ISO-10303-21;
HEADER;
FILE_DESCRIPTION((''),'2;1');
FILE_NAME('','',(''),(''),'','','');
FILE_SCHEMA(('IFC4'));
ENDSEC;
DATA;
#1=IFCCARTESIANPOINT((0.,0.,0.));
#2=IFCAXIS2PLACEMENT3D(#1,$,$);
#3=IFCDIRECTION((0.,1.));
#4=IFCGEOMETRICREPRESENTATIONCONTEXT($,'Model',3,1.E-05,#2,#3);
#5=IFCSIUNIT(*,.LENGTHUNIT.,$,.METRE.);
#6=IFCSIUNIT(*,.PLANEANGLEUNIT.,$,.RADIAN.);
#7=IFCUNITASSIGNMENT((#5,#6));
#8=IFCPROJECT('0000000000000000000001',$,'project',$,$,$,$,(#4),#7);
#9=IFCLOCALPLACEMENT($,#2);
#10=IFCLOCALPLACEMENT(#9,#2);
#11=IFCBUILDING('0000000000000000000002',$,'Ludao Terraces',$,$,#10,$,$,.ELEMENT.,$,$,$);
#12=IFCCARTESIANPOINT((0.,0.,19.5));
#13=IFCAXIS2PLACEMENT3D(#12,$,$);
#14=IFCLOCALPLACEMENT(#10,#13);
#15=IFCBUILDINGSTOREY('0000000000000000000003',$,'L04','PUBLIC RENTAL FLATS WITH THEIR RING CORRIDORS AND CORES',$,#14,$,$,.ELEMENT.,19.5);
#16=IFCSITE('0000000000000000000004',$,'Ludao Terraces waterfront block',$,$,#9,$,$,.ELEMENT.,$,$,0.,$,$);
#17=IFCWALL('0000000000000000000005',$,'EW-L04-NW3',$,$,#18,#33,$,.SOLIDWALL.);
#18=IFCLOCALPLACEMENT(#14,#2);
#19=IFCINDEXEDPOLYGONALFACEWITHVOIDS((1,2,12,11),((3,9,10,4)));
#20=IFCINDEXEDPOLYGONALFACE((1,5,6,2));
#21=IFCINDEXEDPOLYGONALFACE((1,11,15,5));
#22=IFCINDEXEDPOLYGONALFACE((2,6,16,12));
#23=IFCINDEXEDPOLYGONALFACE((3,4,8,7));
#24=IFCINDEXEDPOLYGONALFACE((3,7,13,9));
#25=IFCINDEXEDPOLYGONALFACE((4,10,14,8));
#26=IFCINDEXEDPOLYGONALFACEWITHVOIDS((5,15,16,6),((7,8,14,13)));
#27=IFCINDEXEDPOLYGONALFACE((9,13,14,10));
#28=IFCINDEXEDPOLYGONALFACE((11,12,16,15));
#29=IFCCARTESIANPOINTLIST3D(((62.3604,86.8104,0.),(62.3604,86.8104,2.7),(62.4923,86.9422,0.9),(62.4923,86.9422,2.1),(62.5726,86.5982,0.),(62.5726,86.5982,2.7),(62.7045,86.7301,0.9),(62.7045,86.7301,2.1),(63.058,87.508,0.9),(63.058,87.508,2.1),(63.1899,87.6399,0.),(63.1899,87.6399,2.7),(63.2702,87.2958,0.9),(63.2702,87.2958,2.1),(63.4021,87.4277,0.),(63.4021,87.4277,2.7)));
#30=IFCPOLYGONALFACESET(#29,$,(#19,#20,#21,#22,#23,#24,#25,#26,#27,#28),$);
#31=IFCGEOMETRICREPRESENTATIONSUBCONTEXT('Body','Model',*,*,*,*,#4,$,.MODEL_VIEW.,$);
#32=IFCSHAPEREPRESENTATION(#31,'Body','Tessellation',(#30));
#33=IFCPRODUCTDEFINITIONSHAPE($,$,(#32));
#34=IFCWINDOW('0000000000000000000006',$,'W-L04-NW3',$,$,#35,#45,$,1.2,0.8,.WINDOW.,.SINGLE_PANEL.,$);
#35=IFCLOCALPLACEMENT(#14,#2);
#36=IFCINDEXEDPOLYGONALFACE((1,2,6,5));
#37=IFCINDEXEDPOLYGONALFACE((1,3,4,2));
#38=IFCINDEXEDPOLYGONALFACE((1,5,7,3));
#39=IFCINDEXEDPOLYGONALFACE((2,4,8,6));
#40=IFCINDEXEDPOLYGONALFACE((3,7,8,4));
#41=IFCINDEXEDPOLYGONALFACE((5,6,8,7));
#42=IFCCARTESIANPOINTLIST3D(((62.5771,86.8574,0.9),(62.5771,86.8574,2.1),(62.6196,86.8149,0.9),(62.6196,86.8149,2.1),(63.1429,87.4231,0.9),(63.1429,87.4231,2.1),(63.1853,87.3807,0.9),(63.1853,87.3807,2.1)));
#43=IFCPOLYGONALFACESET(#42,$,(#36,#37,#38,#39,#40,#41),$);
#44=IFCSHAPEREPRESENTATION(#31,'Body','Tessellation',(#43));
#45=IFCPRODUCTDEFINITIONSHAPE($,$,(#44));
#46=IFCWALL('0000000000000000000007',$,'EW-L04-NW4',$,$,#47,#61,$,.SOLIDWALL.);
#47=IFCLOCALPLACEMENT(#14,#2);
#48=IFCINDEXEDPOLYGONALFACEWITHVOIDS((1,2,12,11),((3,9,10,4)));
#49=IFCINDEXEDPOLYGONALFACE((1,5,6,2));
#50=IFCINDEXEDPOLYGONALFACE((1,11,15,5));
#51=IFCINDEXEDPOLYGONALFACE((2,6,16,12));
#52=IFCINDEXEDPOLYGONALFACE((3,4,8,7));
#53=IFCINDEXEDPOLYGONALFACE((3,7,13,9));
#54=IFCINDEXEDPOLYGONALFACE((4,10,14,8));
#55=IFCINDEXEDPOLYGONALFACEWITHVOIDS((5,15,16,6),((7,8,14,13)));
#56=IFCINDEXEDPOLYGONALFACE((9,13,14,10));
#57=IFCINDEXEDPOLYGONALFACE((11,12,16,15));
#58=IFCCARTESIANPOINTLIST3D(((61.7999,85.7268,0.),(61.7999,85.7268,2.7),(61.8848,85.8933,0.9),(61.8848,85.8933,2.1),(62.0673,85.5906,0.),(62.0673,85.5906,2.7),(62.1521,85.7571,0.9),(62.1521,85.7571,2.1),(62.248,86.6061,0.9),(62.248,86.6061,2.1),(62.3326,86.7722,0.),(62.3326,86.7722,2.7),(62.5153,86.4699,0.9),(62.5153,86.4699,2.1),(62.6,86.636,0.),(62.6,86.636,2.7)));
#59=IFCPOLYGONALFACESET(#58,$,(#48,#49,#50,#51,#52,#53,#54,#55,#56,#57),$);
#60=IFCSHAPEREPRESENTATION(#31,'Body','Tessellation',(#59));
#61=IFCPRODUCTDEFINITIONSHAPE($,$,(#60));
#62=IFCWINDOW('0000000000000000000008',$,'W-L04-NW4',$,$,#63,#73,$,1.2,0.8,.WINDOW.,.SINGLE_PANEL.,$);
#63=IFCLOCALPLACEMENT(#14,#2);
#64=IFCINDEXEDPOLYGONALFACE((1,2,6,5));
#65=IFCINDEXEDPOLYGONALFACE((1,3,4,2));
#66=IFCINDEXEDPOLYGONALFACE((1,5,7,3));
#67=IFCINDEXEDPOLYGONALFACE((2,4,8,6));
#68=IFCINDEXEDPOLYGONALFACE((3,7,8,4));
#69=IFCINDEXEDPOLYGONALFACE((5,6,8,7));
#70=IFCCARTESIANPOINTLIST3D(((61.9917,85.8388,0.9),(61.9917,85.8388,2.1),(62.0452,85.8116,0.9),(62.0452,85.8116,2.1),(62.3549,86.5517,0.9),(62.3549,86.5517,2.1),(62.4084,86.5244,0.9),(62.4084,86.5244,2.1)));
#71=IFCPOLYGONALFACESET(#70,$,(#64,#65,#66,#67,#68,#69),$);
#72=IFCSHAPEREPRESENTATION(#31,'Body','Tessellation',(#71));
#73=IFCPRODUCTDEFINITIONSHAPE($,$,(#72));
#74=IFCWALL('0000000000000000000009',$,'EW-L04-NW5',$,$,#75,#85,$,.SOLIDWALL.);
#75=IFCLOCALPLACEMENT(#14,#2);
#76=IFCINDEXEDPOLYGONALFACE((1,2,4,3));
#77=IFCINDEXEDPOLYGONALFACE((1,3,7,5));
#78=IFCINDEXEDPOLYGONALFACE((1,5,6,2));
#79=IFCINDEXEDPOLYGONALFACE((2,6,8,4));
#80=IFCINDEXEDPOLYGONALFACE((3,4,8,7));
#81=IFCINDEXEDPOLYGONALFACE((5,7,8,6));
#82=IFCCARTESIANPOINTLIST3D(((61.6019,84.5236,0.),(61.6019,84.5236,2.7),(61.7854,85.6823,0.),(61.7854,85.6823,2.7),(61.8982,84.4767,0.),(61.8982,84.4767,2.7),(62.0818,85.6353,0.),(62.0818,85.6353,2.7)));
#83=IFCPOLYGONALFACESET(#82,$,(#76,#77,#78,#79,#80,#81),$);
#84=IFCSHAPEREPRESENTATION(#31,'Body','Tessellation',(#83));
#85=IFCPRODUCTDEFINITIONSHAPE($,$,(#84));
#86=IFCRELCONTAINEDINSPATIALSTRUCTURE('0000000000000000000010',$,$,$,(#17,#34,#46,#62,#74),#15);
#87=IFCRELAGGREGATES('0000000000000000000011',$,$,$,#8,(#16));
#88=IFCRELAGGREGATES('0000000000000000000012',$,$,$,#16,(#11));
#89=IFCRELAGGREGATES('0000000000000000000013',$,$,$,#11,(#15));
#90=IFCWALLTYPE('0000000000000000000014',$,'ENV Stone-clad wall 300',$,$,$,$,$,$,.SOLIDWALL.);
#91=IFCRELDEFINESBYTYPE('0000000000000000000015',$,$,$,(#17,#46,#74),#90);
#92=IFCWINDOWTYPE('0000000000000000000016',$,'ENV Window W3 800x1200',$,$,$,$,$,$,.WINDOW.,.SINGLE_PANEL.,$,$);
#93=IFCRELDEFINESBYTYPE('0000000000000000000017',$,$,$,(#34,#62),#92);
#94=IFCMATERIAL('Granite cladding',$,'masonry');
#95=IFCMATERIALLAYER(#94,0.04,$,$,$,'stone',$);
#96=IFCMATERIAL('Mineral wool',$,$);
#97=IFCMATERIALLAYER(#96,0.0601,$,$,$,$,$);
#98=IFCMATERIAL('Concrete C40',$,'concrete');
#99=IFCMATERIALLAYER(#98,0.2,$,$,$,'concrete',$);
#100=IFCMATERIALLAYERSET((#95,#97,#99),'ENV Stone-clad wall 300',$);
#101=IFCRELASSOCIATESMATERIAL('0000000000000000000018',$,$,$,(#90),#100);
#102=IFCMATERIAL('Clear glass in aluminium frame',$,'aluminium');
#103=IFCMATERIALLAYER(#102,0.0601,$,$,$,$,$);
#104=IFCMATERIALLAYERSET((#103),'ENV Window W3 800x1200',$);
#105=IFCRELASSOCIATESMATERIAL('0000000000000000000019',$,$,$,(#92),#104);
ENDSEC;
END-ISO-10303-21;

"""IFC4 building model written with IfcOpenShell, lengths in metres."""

from ifc_helpers import new_model, si_unit, direction, frame, frame_2d, origin, place, context, subcontext, project, spatial, rectangle, extrude, material, layer, layer_set, type_object, element, fill, save


model = new_model("IFC4")

# Units and contexts
model_context = context("Model", 3, precision=1e-05, world=origin(), true_north=direction((0.0, 1.0)))
body_context = subcontext(model_context, "Body", "Model", "MODEL_VIEW")
ifc_project = project(units=[si_unit("LENGTHUNIT", "METRE"), si_unit("PLANEANGLEUNIT", "RADIAN")], contexts=[model_context])

# Site, building, storey
site_placement = place(None, origin())
site = spatial("IfcSite", under=ifc_project, at=site_placement, Name="Ludao Terraces waterfront block", CompositionType="ELEMENT", RefElevation=0.0)
building_placement = place(site_placement, origin())
building = spatial("IfcBuilding", under=site, at=building_placement, Name="Ludao Terraces", CompositionType="ELEMENT")
storey_placement = place(building_placement, frame((0.0, 0.0, 19.5)))
storey = spatial("IfcBuildingStorey", under=building, at=storey_placement, Name="L04", Description="PUBLIC RENTAL FLATS WITH THEIR RING CORRIDORS AND CORES", CompositionType="ELEMENT", Elevation=19.5)

# Shared definitions
ifc_material_1 = material(Name="Concrete C40", Category="concrete")

# Shared definitions
ifc_material_2 = material(Name="Granite cladding", Category="masonry")
ifc_layer_1 = layer(ifc_material_2, 0.04, Category="stone")
ifc_material_3 = material(Name="Mineral wool")
ifc_layer_2 = layer(ifc_material_3, 0.0601)
ifc_layer_3 = layer(ifc_material_1, 0.2, Category="concrete")
ifc_layer_set_1 = layer_set([ifc_layer_1, ifc_layer_2, ifc_layer_3], Name="ENV Stone-clad wall 300")
wall_type_1 = type_object("IfcWallType", Name="ENV Stone-clad wall 300", PredefinedType="SOLIDWALL", material=ifc_layer_set_1)
ifc_material_4 = material(Name="Clear glass in aluminium frame", Category="aluminium")

# Walls, openings, windows
ifc_layer_4 = layer(ifc_material_4, 0.0601)
ifc_layer_set_2 = layer_set([ifc_layer_4], Name="ENV Window W3 800x1200")
window_type_1 = type_object("IfcWindowType", Name="ENV Window W3 800x1200", PartitioningType="SINGLE_PANEL", PredefinedType="WINDOW", material=ifc_layer_set_2)
wall_1_placement = place(storey_placement, frame((63.2959, 87.5337, 0.0), z_axis=(0.0, 0.0, 1.0), x_axis=(-0.707107, -0.707107, 0.0)))
wall_1 = element("IfcWall", 1, at=wall_1_placement, inside=storey, type_object=wall_type_1, Name="EW-L04-NW3", PredefinedType="SOLIDWALL", context=body_context, shape_type="SweptSolid", body=[
    extrude(rectangle(XDim=1.1731, YDim=0.3, at=frame_2d((0.5864, 0.0))), origin(), (0.0, 0.0, 1.0), 2.7),
])
opening_1_placement = place(wall_1_placement, frame((0.1865, 0.0, 0.8999)))
opening_1 = element("IfcOpeningElement", 2, at=opening_1_placement, cuts=wall_1, PredefinedType="OPENING", context=body_context, shape_type="SweptSolid", body=[
    extrude(rectangle(XDim=0.8, YDim=1.2, at=frame_2d((0.3999, 0.6001))), frame((0.0, 0.1602, 0.0), z_axis=(0.0, -1.0, 0.0), x_axis=(1.0, 0.0, 0.0)), (0.0, 0.0, 1.0), 0.3201),
])
window_1_placement = place(opening_1_placement, origin())
window_1 = element("IfcWindow", 3, at=window_1_placement, inside=storey, type_object=window_type_1, Name="W-L04-NW3", OverallHeight=1.2, OverallWidth=0.8, PartitioningType="SINGLE_PANEL", PredefinedType="WINDOW", context=body_context, shape_type="SweptSolid", body=[
    extrude(rectangle(XDim=0.8, YDim=1.2, at=frame_2d((0.3999, 0.6001))), frame((0.0, 0.03, 0.0), z_axis=(0.0, -1.0, 0.0), x_axis=(1.0, 0.0, 0.0)), (0.0, 0.0, 1.0), 0.0601),
])
fill(opening_1, window_1)
wall_2_placement = place(storey_placement, frame((62.4663, 86.7041, 0.0), z_axis=(0.0, 0.0, 1.0), x_axis=(-0.454026, -0.890989, 0.0)))
wall_2 = element("IfcWall", 4, at=wall_2_placement, inside=storey, type_object=wall_type_1, Name="EW-L04-NW4", PredefinedType="SOLIDWALL", context=body_context, shape_type="SweptSolid", body=[
    extrude(rectangle(XDim=1.1733, YDim=0.3, at=frame_2d((0.5867, 0.0))), origin(), (0.0, 0.0, 1.0), 2.7),
])
opening_2_placement = place(wall_2_placement, frame((0.1865, 0.0, 0.8999)))
opening_2 = element("IfcOpeningElement", 5, at=opening_2_placement, cuts=wall_2, PredefinedType="OPENING", context=body_context, shape_type="SweptSolid", body=[
    extrude(rectangle(XDim=0.8, YDim=1.2, at=frame_2d((0.3999, 0.6001))), frame((0.0, 0.1602, 0.0), z_axis=(0.0, -1.0, 0.0), x_axis=(1.0, 0.0, 0.0)), (0.0, 0.0, 1.0), 0.3201),
])
window_2_placement = place(opening_2_placement, origin())
window_2 = element("IfcWindow", 6, at=window_2_placement, inside=storey, type_object=window_type_1, Name="W-L04-NW4", OverallHeight=1.2, OverallWidth=0.8, PartitioningType="SINGLE_PANEL", PredefinedType="WINDOW", context=body_context, shape_type="SweptSolid", body=[
    extrude(rectangle(XDim=0.8, YDim=1.2, at=frame_2d((0.3999, 0.6001))), frame((0.0, 0.03, 0.0), z_axis=(0.0, -1.0, 0.0), x_axis=(1.0, 0.0, 0.0)), (0.0, 0.0, 1.0), 0.0601),
])
fill(opening_2, window_2)

# Wall
wall_3_placement = place(storey_placement, frame((61.9336, 85.6587, 0.0), z_axis=(0.0, 0.0, 1.0), x_axis=(-0.156497, -0.987678, 0.0)))
element("IfcWall", 7, at=wall_3_placement, inside=storey, type_object=wall_type_1, Name="EW-L04-NW5", PredefinedType="SOLIDWALL", context=body_context, shape_type="SweptSolid", body=[
    extrude(rectangle(XDim=1.1731, YDim=0.3, at=frame_2d((0.5864, 0.0))), origin(), (0.0, 0.0, 1.0), 2.7),
])

save(model, "model.ifc")
